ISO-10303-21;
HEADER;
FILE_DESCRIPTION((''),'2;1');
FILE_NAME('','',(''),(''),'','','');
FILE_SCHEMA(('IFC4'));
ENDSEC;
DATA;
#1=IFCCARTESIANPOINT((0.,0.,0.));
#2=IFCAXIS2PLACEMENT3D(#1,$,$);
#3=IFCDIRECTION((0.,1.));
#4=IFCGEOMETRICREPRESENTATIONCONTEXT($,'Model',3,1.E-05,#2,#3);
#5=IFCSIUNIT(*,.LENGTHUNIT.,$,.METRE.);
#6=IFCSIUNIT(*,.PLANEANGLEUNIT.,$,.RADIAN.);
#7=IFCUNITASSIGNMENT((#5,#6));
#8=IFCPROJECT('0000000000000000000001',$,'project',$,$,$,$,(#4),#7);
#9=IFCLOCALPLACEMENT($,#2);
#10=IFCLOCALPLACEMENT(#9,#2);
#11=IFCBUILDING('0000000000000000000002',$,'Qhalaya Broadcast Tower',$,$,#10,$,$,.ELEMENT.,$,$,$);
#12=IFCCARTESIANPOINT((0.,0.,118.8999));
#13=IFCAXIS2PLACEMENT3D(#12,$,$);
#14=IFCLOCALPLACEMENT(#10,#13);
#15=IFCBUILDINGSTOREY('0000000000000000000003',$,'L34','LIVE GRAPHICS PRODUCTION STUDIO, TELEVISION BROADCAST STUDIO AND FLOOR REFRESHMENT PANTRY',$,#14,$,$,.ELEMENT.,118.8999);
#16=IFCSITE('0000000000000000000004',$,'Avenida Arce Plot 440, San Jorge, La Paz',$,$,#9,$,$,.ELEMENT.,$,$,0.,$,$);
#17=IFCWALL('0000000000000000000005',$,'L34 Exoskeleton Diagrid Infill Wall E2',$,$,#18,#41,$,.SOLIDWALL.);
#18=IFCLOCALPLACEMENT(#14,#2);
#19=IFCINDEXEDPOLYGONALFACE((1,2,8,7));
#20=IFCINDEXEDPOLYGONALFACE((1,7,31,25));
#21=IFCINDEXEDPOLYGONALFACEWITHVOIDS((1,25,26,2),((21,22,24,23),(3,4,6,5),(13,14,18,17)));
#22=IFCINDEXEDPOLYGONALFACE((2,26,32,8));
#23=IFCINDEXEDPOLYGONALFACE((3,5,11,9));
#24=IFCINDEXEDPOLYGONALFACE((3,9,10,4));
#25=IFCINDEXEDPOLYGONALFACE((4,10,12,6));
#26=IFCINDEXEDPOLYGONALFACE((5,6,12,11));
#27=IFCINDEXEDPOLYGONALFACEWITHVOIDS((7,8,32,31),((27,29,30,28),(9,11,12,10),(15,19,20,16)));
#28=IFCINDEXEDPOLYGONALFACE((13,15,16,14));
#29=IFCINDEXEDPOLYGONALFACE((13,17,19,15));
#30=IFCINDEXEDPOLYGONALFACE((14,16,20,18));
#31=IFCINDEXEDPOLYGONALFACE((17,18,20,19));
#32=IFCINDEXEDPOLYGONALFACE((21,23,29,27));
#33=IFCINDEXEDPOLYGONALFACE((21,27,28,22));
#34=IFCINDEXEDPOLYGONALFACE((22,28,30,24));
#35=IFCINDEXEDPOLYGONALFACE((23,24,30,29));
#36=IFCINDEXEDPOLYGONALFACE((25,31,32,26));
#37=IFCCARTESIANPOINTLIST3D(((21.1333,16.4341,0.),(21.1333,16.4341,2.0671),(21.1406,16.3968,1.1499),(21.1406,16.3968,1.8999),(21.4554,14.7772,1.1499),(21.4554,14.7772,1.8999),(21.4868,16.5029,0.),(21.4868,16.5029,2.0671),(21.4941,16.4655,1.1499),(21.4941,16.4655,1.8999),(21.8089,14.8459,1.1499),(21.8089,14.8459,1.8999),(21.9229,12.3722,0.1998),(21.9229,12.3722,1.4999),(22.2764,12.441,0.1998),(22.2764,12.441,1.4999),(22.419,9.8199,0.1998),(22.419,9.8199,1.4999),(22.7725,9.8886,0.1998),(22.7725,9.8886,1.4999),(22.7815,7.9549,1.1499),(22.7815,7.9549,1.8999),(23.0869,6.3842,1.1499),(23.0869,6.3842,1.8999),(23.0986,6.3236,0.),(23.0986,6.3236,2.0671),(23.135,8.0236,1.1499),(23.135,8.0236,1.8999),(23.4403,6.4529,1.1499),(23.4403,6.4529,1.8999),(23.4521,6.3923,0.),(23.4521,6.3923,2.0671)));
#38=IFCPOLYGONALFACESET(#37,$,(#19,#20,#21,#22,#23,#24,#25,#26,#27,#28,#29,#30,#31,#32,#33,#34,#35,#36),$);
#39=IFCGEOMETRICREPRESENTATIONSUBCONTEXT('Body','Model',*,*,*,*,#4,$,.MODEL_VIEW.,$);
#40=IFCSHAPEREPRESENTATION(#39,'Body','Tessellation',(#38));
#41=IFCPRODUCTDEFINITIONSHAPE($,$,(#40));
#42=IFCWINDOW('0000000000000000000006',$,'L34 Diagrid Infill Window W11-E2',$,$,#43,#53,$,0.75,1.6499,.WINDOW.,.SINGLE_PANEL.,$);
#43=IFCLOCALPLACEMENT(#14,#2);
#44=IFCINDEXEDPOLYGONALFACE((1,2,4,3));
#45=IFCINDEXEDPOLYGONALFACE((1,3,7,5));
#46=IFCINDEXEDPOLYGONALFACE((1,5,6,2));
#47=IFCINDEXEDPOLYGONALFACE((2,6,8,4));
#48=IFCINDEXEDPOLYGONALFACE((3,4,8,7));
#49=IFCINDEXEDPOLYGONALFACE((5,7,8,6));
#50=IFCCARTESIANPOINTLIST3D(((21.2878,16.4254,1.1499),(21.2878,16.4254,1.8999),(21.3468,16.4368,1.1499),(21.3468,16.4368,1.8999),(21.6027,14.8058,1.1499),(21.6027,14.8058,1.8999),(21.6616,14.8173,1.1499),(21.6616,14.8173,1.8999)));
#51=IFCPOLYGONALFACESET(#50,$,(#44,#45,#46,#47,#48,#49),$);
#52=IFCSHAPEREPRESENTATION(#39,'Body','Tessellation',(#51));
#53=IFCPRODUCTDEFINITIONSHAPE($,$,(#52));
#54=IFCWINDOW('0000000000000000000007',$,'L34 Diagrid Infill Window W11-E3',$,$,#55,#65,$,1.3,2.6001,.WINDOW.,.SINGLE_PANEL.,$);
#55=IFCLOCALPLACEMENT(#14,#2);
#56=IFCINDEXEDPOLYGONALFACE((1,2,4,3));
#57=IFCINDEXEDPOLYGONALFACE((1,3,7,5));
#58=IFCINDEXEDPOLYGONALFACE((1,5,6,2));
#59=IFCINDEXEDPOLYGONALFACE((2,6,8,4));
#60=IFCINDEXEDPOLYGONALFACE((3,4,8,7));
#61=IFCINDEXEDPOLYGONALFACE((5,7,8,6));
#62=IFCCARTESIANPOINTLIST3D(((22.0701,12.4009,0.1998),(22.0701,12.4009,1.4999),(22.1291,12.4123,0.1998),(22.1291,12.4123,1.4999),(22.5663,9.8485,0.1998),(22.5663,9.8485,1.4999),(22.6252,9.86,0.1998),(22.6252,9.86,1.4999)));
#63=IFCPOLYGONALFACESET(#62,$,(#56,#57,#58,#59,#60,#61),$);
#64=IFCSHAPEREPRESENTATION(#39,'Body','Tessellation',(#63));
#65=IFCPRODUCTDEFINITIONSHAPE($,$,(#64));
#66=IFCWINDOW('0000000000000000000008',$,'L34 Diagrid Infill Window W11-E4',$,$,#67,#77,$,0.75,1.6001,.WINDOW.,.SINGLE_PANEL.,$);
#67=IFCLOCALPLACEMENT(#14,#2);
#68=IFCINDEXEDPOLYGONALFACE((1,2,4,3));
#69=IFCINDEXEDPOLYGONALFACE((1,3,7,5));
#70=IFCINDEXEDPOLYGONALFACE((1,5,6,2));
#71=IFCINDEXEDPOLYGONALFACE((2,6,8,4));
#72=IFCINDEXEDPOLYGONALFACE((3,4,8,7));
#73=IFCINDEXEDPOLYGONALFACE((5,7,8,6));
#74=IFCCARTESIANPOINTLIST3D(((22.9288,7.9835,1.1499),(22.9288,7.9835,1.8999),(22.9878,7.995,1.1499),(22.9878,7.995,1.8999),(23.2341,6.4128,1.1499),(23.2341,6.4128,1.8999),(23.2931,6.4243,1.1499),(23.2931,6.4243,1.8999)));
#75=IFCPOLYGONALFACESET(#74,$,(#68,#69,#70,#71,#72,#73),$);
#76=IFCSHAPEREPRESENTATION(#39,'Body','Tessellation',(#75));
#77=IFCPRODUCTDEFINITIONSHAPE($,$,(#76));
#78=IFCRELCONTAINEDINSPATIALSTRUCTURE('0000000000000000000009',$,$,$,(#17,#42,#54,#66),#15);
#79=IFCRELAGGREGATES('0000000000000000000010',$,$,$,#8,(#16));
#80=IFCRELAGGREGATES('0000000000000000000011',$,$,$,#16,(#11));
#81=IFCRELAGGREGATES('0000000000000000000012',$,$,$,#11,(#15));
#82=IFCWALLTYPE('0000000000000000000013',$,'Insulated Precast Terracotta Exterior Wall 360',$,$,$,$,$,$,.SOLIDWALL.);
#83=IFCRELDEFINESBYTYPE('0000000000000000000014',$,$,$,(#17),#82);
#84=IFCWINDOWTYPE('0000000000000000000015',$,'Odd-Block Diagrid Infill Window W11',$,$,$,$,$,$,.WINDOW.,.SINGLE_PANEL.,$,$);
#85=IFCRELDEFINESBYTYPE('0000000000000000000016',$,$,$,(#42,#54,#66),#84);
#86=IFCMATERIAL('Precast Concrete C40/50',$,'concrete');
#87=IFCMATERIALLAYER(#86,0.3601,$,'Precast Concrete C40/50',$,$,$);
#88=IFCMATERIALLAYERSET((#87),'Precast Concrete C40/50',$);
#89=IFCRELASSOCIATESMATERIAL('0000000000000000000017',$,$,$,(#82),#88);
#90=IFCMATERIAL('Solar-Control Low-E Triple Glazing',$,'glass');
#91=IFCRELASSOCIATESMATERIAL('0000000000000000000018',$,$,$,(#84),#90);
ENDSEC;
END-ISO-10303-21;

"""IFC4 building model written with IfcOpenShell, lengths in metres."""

from ifc_helpers import new_model, si_unit, direction, frame, frame_2d, origin, place, context, subcontext, project, spatial, rectangle, extrude, material, layer, layer_set, type_object, element, fill, save


model = new_model("IFC4")

# Units and contexts
model_context = context("Model", 3, precision=1e-05, world=origin(), true_north=direction((0.0, 1.0)))
body_context = subcontext(model_context, "Body", "Model", "MODEL_VIEW")
ifc_project = project(units=[si_unit("LENGTHUNIT", "METRE"), si_unit("PLANEANGLEUNIT", "RADIAN")], contexts=[model_context])

# Site, building, storey
site_placement = place(None, origin())
site = spatial("IfcSite", under=ifc_project, at=site_placement, Name="Avenida Arce Plot 440, San Jorge, La Paz", CompositionType="ELEMENT", RefElevation=0.0)
building_placement = place(site_placement, origin())
building = spatial("IfcBuilding", under=site, at=building_placement, Name="Qhalaya Broadcast Tower", CompositionType="ELEMENT")
storey_placement = place(building_placement, frame((0.0, 0.0, 118.8999)))
storey = spatial("IfcBuildingStorey", under=building, at=storey_placement, Name="L34", Description="LIVE GRAPHICS PRODUCTION STUDIO, TELEVISION BROADCAST STUDIO AND FLOOR REFRESHMENT PANTRY", CompositionType="ELEMENT", Elevation=118.8999)

# Shared definitions
ifc_material_1 = material(Name="Precast Concrete C40/50", Category="concrete")
ifc_layer_1 = layer(ifc_material_1, 0.3601, Name="Precast Concrete C40/50")
ifc_layer_set_1 = layer_set([ifc_layer_1], Name="Precast Concrete C40/50")
wall_type = type_object("IfcWallType", Name="Insulated Precast Terracotta Exterior Wall 360", PredefinedType="SOLIDWALL", material=ifc_layer_set_1)
ifc_material_2 = material(Name="Solar-Control Low-E Triple Glazing", Category="glass")
window_type = type_object("IfcWindowType", Name="Odd-Block Diagrid Infill Window W11", PartitioningType="SINGLE_PANEL", PredefinedType="WINDOW", material=ifc_material_2)

# Wall, openings, windows
wall_1_placement = place(storey_placement, frame((21.3101, 16.4685, 0.0), z_axis=(0.0, 0.0, 1.0), x_axis=(0.190812, -0.981627, 0.0)))
wall_1 = element("IfcWall", 1, at=wall_1_placement, inside=storey, type_object=wall_type, Name="L34 Exoskeleton Diagrid Infill Wall E2", PredefinedType="SOLIDWALL", context=body_context, shape_type="SweptSolid", body=[
    extrude(rectangle(XDim=10.2998, YDim=0.3601, at=frame_2d((5.1499, 0.0))), origin(), (0.0, 0.0, 1.0), 2.0671),
])
opening_1_placement = place(wall_1_placement, frame((0.0381, 0.0, 1.1499)))
opening_1 = element("IfcOpeningElement", 2, at=opening_1_placement, cuts=wall_1, PredefinedType="OPENING", context=body_context, shape_type="SweptSolid", body=[
    extrude(rectangle(XDim=1.6499, YDim=0.75, at=frame_2d((0.825, 0.375))), frame((0.0, 0.1921, 0.0), z_axis=(0.0, -1.0, 0.0), x_axis=(1.0, 0.0, 0.0)), (0.0, 0.0, 1.0), 0.384),
])
opening_2_placement = place(wall_1_placement, frame((4.1379, 0.0, 0.2)))
opening_2 = element("IfcOpeningElement", 3, at=opening_2_placement, cuts=wall_1, PredefinedType="OPENING", context=body_context, shape_type="SweptSolid", body=[
    extrude(rectangle(XDim=2.6001, YDim=1.3, at=frame_2d((1.3, 0.6499))), frame((0.0, 0.1921, 0.0), z_axis=(0.0, -1.0, 0.0), x_axis=(1.0, 0.0, 0.0)), (0.0, 0.0, 1.0), 0.384),
])
opening_3_placement = place(wall_1_placement, frame((8.6379, 0.0, 1.1499)))
opening_3 = element("IfcOpeningElement", 4, at=opening_3_placement, cuts=wall_1, PredefinedType="OPENING", context=body_context, shape_type="SweptSolid", body=[
    extrude(rectangle(XDim=1.6001, YDim=0.75, at=frame_2d((0.8, 0.375))), frame((0.0, 0.1921, 0.0), z_axis=(0.0, -1.0, 0.0), x_axis=(1.0, 0.0, 0.0)), (0.0, 0.0, 1.0), 0.384),
])
window_1_placement = place(opening_1_placement, origin())
window_1 = element("IfcWindow", 5, at=window_1_placement, inside=storey, type_object=window_type, Name="L34 Diagrid Infill Window W11-E2", OverallHeight=0.75, OverallWidth=1.6499, PartitioningType="SINGLE_PANEL", PredefinedType="WINDOW", context=body_context, shape_type="SweptSolid", body=[
    extrude(rectangle(XDim=1.6499, YDim=0.75, at=frame_2d((0.825, 0.375))), frame((0.0, 0.03, 0.0), z_axis=(0.0, -1.0, 0.0), x_axis=(1.0, 0.0, 0.0)), (0.0, 0.0, 1.0), 0.0601),
])
fill(opening_1, window_1)
window_2_placement = place(opening_2_placement, origin())
window_2 = element("IfcWindow", 6, at=window_2_placement, inside=storey, type_object=window_type, Name="L34 Diagrid Infill Window W11-E3", OverallHeight=1.3, OverallWidth=2.6001, PartitioningType="SINGLE_PANEL", PredefinedType="WINDOW", context=body_context, shape_type="SweptSolid", body=[
    extrude(rectangle(XDim=2.6001, YDim=1.3, at=frame_2d((1.3, 0.6499))), frame((0.0, 0.03, 0.0), z_axis=(0.0, -1.0, 0.0), x_axis=(1.0, 0.0, 0.0)), (0.0, 0.0, 1.0), 0.0601),
])
fill(opening_2, window_2)
window_3_placement = place(opening_3_placement, origin())
window_3 = element("IfcWindow", 7, at=window_3_placement, inside=storey, type_object=window_type, Name="L34 Diagrid Infill Window W11-E4", OverallHeight=0.75, OverallWidth=1.6001, PartitioningType="SINGLE_PANEL", PredefinedType="WINDOW", context=body_context, shape_type="SweptSolid", body=[
    extrude(rectangle(XDim=1.6001, YDim=0.75, at=frame_2d((0.8, 0.375))), frame((0.0, 0.03, 0.0), z_axis=(0.0, -1.0, 0.0), x_axis=(1.0, 0.0, 0.0)), (0.0, 0.0, 1.0), 0.0601),
])
fill(opening_3, window_3)

save(model, "model.ifc")
